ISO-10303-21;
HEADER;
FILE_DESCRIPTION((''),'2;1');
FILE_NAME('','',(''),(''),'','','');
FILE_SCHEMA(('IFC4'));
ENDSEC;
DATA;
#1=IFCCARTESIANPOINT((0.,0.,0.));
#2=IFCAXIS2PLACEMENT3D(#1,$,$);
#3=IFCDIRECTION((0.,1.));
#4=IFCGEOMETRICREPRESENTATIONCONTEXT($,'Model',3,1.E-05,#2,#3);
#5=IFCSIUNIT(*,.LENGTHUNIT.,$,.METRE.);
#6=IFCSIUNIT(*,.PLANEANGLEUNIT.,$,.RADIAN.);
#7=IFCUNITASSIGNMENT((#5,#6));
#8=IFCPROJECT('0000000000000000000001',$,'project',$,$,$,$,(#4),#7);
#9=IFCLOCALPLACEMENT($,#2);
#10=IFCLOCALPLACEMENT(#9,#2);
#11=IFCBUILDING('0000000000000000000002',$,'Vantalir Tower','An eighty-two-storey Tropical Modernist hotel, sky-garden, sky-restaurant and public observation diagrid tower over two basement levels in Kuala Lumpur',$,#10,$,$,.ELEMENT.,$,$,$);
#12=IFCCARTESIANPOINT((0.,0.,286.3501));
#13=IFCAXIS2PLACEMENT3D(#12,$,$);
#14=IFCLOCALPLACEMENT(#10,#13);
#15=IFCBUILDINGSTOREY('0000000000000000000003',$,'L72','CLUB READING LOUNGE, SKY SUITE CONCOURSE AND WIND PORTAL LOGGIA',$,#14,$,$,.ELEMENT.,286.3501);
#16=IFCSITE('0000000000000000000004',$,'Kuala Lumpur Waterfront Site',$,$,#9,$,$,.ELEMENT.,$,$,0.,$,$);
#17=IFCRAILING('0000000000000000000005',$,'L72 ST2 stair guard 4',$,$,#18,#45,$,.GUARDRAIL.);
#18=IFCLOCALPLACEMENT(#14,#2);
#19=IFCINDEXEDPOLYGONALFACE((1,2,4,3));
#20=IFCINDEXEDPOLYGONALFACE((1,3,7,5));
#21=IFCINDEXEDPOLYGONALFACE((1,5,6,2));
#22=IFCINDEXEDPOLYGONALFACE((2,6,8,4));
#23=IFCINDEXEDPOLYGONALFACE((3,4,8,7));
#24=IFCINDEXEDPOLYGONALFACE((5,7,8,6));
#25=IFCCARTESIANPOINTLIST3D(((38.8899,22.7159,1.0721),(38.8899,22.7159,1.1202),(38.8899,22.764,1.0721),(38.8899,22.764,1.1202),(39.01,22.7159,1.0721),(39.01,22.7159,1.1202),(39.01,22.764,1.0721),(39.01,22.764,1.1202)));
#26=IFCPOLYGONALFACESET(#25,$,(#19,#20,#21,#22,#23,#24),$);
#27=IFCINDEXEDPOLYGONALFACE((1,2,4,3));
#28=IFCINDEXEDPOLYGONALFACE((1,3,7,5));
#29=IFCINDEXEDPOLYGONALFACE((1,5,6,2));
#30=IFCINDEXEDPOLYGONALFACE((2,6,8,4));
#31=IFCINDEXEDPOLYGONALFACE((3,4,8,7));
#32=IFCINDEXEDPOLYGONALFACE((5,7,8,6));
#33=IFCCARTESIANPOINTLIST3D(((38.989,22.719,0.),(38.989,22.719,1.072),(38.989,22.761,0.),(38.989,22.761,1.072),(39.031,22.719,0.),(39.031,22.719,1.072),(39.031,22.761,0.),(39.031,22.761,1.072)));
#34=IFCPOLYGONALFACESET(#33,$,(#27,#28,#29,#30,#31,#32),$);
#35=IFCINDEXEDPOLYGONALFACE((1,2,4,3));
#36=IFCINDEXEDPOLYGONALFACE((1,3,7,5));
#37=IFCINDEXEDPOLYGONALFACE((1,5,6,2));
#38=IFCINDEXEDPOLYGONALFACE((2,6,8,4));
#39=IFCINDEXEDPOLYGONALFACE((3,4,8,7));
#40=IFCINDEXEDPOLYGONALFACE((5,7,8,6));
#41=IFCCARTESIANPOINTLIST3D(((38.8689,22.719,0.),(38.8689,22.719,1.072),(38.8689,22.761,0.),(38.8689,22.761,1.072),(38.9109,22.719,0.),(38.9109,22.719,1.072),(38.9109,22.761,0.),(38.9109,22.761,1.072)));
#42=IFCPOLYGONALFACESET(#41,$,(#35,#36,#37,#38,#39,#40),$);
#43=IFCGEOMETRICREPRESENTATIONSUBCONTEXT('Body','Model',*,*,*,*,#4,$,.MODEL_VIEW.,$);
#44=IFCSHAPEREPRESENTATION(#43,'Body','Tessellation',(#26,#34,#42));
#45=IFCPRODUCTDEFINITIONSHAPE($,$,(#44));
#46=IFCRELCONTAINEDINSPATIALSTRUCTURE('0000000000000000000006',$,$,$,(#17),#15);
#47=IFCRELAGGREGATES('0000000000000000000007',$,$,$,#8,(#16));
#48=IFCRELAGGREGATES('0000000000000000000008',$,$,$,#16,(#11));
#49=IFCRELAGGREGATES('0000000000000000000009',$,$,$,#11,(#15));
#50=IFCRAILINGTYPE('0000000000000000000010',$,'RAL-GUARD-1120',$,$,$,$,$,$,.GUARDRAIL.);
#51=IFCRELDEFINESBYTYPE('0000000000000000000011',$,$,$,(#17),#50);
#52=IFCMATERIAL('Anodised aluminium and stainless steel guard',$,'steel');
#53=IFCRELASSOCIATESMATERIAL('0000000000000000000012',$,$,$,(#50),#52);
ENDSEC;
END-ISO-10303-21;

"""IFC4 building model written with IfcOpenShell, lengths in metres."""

from ifc_helpers import new_model, si_unit, direction, frame, origin, origin_2d, place, context, subcontext, project, spatial, rectangle, extrude, material, type_object, element, save


model = new_model("IFC4")

# Units and contexts
model_context = context("Model", 3, precision=1e-05, world=origin(), true_north=direction((0.0, 1.0)))
body_context = subcontext(model_context, "Body", "Model", "MODEL_VIEW")
ifc_project = project(units=[si_unit("LENGTHUNIT", "METRE"), si_unit("PLANEANGLEUNIT", "RADIAN")], contexts=[model_context])

# Site, building, storey
site_placement = place(None, origin())
site = spatial("IfcSite", under=ifc_project, at=site_placement, Name="Kuala Lumpur Waterfront Site", CompositionType="ELEMENT", RefElevation=0.0)
building_placement = place(site_placement, origin())
building = spatial("IfcBuilding", under=site, at=building_placement, Name="Vantalir Tower", Description="An eighty-two-storey Tropical Modernist hotel, sky-garden, sky-restaurant and public observation diagrid tower over two basement levels in Kuala Lumpur", CompositionType="ELEMENT")
storey_placement = place(building_placement, frame((0.0, 0.0, 286.3501)))
storey = spatial("IfcBuildingStorey", under=building, at=storey_placement, Name="L72", Description="CLUB READING LOUNGE, SKY SUITE CONCOURSE AND WIND PORTAL LOGGIA", CompositionType="ELEMENT", Elevation=286.3501)

# Railing
ifc_material_1 = material(Name="Anodised aluminium and stainless steel guard", Category="steel")
railing_type = type_object("IfcRailingType", Name="RAL-GUARD-1120", PredefinedType="GUARDRAIL", material=ifc_material_1)
railing_1_placement = place(storey_placement, frame((39.01, 22.74, 0.0)))
element("IfcRailing", 1, at=railing_1_placement, inside=storey, type_object=railing_type, Name="L72 ST2 stair guard 4", PredefinedType="GUARDRAIL", context=body_context, shape_type="SweptSolid", body=[
    extrude(rectangle(XDim=0.0481, YDim=0.0481, at=origin_2d()), frame((0.0, 0.0, 1.0962), z_axis=(-1.0, 0.0, 0.0), x_axis=(0.0, -1.0, 0.0)), (0.0, 0.0, 1.0), 0.1201),
    extrude(rectangle(XDim=0.042, YDim=0.042, at=origin_2d()), origin(), (0.0, 0.0, 1.0), 1.072),
    extrude(rectangle(XDim=0.042, YDim=0.042, at=origin_2d()), frame((-0.1201, 0.0, 0.0)), (0.0, 0.0, 1.0), 1.072),
])

save(model, "model.ifc")
